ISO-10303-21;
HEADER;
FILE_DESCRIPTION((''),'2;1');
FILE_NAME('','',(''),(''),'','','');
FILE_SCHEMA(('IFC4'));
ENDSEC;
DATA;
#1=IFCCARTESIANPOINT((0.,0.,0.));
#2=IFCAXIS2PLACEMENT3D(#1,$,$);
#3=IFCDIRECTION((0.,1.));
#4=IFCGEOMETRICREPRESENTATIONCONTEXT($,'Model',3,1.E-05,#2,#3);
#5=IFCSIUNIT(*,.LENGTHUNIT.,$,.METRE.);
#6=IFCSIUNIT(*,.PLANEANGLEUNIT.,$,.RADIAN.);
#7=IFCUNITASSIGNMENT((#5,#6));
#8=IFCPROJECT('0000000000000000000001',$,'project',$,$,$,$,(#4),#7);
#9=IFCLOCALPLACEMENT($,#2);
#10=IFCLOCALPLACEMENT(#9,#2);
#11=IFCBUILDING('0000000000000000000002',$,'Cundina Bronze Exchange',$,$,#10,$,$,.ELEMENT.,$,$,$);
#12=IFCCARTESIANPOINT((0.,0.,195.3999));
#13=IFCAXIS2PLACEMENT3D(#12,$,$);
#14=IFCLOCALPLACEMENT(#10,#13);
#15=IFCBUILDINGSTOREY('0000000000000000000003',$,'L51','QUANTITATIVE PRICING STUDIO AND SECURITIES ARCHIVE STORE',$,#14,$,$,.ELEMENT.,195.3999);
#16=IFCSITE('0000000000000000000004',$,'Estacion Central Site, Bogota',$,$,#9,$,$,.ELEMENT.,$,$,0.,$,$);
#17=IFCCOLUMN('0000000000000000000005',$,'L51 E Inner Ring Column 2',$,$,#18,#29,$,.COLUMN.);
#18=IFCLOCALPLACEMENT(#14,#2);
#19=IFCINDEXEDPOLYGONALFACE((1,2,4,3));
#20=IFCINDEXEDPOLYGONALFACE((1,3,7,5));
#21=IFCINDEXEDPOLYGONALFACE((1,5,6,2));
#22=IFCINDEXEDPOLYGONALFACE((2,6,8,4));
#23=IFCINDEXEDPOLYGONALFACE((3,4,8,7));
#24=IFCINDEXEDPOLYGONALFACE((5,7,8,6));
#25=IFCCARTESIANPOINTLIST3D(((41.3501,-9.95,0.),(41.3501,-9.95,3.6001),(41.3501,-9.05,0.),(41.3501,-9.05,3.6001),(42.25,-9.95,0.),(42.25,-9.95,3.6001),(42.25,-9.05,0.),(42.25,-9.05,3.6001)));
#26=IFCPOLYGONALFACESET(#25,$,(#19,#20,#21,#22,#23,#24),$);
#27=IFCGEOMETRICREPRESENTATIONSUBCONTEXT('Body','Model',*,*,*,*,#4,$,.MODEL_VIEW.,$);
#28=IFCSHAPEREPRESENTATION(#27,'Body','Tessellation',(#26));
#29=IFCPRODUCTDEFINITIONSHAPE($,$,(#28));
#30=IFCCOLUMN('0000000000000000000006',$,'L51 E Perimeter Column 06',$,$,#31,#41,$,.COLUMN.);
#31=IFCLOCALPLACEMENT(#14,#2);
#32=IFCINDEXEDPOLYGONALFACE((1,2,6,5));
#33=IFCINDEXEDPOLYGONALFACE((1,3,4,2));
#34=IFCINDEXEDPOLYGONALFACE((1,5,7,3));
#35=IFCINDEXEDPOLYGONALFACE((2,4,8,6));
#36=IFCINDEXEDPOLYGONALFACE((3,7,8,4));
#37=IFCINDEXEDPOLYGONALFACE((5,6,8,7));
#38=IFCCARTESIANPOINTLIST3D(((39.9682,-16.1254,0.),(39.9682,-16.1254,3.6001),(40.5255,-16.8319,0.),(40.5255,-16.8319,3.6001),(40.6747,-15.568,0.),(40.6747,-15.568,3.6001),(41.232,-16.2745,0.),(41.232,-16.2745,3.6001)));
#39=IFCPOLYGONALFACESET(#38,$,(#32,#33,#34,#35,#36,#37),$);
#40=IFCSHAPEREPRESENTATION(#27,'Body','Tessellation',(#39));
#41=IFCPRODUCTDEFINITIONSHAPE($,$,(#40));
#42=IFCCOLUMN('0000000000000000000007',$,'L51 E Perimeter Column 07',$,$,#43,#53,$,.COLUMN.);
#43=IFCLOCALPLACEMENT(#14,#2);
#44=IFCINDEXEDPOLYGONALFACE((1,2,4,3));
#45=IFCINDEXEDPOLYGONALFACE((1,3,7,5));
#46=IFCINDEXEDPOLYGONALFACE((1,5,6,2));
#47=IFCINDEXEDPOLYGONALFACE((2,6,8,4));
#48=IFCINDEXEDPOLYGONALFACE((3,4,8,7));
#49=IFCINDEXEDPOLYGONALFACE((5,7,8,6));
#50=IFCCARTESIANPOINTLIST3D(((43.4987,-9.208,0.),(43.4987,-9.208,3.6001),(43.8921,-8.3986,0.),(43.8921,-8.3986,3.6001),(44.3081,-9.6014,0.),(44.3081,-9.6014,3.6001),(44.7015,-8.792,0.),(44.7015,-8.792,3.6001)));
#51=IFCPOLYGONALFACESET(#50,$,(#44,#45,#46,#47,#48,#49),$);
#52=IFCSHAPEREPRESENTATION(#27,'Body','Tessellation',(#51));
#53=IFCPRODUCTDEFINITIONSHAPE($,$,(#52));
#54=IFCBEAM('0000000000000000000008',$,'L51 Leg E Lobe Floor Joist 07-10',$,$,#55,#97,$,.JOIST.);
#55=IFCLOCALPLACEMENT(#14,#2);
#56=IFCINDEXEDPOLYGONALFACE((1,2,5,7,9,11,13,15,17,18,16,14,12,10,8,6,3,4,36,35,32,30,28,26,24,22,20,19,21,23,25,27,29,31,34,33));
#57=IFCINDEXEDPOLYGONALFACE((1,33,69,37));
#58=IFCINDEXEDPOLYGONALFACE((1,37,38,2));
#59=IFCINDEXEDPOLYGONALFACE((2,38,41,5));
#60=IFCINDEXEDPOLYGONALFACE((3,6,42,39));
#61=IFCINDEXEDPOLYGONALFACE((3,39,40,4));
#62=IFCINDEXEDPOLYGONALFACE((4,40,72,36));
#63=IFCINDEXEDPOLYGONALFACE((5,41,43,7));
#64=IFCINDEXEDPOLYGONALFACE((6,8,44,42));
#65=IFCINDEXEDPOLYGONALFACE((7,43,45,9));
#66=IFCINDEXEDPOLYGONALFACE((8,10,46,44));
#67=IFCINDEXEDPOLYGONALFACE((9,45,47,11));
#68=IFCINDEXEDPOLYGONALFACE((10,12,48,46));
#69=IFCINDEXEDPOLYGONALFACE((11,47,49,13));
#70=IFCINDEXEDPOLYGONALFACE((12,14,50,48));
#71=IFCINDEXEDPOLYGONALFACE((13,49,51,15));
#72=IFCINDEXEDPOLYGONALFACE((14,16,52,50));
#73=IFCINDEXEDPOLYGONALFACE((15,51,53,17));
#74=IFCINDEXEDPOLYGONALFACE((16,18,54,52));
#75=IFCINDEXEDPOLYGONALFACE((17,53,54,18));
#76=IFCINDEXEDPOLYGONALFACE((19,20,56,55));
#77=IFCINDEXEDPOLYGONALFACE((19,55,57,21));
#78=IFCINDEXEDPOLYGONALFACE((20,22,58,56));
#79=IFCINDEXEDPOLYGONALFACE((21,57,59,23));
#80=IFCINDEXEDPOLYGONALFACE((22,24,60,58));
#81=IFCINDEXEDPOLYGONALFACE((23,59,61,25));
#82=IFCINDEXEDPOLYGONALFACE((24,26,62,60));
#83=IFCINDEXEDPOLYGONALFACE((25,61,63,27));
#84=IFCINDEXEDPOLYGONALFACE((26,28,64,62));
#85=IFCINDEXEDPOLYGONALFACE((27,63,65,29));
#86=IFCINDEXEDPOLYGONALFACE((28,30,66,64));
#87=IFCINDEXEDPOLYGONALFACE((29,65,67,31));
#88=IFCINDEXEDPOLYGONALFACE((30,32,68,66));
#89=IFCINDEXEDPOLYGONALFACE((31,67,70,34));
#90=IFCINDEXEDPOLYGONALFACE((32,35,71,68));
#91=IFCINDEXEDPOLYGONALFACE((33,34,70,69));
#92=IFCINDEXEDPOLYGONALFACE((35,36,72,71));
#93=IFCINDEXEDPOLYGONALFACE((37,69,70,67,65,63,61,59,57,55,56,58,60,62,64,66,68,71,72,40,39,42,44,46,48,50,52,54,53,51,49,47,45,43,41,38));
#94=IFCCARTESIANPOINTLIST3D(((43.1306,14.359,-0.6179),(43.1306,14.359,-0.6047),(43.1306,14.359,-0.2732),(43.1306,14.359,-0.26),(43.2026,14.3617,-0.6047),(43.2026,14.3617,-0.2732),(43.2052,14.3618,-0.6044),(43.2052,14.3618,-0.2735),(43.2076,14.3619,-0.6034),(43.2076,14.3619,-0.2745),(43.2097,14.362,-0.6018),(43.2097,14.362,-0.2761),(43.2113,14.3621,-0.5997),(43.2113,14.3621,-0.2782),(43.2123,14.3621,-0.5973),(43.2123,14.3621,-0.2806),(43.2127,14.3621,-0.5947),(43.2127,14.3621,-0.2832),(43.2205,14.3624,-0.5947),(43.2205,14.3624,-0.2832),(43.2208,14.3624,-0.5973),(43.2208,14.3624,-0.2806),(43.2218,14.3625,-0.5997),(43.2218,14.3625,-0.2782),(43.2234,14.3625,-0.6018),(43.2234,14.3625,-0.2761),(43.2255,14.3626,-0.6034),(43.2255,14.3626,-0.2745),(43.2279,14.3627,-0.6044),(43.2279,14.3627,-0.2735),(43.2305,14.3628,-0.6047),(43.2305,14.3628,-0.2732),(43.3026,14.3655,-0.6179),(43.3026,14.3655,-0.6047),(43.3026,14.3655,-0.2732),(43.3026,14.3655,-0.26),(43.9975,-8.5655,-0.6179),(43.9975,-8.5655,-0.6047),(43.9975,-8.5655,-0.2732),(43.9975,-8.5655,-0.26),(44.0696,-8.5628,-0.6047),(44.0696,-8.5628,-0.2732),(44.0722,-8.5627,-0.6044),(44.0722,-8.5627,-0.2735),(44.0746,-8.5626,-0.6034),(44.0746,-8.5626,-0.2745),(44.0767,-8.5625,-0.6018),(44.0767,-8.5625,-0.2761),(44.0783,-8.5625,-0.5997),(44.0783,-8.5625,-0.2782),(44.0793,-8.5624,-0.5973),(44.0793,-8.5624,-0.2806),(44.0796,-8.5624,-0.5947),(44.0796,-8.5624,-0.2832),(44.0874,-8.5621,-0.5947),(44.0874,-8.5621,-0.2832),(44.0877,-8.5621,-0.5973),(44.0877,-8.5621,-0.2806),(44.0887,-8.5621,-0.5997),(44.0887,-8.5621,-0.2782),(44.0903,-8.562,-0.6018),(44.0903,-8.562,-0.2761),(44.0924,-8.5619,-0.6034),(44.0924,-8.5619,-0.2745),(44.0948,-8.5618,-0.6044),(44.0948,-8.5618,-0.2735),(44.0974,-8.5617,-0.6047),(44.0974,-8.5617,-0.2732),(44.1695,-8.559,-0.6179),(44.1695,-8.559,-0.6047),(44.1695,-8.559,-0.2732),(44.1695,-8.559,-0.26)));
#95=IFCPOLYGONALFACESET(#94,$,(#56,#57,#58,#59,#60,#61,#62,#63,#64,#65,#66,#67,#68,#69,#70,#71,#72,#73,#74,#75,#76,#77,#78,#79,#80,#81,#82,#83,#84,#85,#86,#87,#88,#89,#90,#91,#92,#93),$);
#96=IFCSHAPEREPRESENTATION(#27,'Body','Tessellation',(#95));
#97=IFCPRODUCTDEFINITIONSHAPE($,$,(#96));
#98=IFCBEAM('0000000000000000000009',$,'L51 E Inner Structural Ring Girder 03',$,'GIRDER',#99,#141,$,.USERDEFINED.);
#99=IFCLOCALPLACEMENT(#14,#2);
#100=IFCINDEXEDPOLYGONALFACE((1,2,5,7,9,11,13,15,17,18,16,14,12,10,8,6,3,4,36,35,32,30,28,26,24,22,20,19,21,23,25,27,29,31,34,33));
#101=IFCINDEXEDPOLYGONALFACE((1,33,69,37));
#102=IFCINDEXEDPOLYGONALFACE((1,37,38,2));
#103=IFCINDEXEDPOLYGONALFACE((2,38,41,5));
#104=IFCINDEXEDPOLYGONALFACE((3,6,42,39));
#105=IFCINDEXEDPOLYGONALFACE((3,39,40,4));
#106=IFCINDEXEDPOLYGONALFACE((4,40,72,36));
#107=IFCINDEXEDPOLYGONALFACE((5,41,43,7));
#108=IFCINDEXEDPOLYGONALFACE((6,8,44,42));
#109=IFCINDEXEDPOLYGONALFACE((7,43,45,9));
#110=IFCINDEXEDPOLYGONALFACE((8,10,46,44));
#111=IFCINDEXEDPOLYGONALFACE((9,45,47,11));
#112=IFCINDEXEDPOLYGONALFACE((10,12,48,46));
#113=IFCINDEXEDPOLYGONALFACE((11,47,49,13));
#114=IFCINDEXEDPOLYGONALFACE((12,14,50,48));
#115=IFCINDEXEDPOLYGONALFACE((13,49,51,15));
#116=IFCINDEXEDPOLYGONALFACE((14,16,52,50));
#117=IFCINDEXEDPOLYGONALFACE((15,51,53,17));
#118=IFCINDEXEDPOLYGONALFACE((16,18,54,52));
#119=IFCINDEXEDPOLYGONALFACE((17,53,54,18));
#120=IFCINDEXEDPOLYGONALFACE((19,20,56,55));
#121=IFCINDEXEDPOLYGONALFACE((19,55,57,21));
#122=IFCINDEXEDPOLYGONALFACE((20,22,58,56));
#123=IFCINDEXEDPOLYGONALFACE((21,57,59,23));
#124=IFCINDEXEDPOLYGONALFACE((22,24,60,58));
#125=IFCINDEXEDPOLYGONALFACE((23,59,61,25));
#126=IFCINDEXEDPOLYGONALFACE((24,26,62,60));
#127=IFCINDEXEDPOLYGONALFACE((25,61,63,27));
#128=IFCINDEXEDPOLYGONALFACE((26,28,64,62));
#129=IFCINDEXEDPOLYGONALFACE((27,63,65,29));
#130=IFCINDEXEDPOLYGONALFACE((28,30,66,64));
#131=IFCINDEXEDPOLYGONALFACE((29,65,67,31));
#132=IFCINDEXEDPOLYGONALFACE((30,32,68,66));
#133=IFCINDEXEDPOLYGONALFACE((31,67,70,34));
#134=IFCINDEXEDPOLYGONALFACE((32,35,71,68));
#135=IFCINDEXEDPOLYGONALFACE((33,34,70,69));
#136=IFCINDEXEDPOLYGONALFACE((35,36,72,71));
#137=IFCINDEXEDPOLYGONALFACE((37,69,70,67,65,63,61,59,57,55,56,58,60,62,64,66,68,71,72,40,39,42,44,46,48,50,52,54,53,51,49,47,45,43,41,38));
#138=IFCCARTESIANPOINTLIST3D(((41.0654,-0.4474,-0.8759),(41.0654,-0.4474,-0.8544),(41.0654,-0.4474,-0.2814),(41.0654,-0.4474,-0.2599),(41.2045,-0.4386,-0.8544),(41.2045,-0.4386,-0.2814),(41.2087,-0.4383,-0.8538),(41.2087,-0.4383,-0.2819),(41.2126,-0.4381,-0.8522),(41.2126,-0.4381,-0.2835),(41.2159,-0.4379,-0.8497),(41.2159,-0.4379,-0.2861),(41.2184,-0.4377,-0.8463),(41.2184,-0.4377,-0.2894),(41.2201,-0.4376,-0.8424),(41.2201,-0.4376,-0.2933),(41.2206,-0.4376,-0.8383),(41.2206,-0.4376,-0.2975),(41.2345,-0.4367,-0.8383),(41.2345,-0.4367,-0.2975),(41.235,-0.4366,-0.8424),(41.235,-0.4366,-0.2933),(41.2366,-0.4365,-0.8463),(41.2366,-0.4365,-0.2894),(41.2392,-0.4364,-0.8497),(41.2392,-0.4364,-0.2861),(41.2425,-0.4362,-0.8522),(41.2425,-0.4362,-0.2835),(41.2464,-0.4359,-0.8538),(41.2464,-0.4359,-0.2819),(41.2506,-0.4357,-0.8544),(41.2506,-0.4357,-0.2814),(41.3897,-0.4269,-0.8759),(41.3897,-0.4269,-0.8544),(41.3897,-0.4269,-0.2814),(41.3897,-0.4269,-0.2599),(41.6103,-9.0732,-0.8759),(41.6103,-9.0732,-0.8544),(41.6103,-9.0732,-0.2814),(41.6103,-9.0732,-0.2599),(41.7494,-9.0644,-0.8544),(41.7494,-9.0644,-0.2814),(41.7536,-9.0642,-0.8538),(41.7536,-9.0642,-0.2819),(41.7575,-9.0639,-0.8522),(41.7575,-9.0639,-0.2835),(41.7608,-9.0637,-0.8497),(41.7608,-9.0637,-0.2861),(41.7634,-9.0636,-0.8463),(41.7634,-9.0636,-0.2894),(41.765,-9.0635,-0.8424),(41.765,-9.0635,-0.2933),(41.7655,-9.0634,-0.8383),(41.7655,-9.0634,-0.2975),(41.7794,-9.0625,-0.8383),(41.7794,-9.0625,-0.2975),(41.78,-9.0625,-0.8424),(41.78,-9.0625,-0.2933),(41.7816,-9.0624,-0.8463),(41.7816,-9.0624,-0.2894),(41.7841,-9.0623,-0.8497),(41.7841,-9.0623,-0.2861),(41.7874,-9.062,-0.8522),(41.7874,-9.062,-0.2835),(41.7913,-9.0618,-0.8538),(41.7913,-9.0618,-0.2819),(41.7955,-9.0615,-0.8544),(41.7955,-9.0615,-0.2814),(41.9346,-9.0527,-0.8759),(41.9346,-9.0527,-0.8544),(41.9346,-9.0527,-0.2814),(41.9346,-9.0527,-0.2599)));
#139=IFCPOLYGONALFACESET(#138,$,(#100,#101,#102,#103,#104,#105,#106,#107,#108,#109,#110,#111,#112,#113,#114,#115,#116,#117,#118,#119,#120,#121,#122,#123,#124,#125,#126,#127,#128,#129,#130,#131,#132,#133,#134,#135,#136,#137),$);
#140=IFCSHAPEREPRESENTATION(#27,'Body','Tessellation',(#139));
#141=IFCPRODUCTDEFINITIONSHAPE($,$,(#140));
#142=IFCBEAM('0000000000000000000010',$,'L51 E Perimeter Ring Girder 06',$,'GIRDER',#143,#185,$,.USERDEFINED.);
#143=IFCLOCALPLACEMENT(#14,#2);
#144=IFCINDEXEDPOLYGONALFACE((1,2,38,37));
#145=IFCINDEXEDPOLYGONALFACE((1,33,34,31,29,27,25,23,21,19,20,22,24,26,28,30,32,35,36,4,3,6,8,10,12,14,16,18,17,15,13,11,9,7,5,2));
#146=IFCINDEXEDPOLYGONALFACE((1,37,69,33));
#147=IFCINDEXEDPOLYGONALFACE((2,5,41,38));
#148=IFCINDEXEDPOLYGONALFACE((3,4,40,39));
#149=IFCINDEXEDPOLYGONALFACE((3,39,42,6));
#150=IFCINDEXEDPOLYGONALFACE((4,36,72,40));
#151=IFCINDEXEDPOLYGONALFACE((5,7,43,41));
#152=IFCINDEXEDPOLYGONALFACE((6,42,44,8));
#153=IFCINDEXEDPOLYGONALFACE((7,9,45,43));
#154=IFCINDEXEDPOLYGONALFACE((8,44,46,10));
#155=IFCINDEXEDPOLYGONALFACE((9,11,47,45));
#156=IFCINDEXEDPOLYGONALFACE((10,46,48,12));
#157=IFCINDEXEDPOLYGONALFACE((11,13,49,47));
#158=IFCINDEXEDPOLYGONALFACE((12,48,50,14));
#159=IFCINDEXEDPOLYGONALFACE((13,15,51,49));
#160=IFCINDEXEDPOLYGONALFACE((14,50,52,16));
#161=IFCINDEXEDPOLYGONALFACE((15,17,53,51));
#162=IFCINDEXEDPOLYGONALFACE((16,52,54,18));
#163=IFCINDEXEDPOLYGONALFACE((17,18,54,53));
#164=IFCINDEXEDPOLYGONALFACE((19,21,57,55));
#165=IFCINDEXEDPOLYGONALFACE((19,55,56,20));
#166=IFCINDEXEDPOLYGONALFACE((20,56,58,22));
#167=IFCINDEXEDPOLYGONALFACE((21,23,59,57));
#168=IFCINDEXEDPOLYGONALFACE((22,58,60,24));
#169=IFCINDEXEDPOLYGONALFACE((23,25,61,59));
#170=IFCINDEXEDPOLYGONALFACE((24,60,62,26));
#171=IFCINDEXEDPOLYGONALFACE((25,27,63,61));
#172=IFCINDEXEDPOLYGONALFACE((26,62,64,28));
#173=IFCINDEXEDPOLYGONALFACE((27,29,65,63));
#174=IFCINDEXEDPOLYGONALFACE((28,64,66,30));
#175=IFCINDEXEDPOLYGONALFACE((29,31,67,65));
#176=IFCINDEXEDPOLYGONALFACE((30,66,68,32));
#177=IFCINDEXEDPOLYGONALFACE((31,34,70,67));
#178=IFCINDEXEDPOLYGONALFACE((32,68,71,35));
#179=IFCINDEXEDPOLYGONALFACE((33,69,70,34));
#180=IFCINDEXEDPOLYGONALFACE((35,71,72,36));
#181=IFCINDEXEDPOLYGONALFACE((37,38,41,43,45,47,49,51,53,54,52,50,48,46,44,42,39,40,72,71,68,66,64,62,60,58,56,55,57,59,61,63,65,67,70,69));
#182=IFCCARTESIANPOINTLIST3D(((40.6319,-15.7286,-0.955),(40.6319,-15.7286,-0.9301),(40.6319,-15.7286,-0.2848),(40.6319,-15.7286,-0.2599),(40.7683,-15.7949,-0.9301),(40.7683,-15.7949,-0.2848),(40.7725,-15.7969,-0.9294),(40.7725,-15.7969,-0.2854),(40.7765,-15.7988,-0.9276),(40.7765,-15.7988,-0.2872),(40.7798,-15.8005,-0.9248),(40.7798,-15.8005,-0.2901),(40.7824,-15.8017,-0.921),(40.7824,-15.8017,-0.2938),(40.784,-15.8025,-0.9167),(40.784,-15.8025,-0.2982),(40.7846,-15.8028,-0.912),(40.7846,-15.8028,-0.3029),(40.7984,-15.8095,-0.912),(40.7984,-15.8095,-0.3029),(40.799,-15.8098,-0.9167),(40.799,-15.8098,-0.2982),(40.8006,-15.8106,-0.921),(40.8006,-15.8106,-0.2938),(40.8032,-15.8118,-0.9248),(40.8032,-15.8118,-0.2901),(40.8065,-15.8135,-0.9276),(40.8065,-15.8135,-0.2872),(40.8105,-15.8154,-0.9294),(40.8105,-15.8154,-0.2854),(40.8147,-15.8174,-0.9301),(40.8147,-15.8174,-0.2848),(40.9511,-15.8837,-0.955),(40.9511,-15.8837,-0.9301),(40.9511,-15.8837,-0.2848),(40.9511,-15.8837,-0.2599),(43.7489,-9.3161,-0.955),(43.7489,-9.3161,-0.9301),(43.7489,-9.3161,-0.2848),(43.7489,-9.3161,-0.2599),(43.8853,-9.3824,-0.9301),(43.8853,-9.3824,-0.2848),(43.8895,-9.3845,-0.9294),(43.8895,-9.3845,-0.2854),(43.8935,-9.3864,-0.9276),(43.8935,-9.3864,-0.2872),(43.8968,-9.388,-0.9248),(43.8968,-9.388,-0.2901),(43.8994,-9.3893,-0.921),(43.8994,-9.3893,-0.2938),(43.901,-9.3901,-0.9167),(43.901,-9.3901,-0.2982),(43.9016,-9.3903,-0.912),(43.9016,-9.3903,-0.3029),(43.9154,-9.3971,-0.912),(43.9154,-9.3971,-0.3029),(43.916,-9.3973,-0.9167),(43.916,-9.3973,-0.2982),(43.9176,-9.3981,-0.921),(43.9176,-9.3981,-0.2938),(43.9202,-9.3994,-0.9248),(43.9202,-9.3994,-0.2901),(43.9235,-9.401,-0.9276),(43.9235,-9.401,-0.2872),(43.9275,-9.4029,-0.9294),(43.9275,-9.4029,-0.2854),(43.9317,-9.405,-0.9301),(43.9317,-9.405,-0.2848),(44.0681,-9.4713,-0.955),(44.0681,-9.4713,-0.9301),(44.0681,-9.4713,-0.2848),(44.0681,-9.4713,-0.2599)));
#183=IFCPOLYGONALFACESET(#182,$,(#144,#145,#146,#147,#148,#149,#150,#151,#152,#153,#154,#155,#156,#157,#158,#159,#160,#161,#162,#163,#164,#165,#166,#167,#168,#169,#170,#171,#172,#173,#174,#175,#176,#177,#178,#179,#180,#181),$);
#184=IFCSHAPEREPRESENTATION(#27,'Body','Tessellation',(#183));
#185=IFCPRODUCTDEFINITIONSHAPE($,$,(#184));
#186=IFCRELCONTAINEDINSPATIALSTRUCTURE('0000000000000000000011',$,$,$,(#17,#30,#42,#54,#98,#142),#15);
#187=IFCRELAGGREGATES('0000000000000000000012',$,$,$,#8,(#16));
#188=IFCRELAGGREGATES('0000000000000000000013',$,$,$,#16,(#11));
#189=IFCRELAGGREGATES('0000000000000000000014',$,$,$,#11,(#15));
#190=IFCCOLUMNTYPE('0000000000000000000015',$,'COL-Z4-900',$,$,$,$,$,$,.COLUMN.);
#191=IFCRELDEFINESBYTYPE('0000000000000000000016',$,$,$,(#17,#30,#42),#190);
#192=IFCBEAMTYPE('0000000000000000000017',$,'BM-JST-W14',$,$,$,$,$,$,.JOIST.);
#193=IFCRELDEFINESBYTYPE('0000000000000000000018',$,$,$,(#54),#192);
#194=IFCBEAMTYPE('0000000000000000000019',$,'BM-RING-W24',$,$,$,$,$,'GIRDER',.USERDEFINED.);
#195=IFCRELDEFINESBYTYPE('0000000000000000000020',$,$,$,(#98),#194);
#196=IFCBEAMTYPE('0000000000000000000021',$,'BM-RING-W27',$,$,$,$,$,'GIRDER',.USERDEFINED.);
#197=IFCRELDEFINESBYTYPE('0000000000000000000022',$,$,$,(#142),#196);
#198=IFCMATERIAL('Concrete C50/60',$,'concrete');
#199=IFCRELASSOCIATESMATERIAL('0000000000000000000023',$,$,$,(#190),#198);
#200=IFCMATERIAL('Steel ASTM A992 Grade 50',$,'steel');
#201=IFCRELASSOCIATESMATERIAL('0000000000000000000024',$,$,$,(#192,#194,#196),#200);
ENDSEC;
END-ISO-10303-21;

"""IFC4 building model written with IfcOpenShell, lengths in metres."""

from ifc_helpers import new_model, si_unit, direction, frame, origin, origin_2d, place, context, subcontext, project, spatial, rectangle, i_section, extrude, material, material_profile, profile_set, type_object, element, save


model = new_model("IFC4")

# Units and contexts
model_context = context("Model", 3, precision=1e-05, world=origin(), true_north=direction((0.0, 1.0)))
body_context = subcontext(model_context, "Body", "Model", "MODEL_VIEW")
ifc_project = project(units=[si_unit("LENGTHUNIT", "METRE"), si_unit("PLANEANGLEUNIT", "RADIAN")], contexts=[model_context])

# Site, building, storey
site_placement = place(None, origin())
site = spatial("IfcSite", under=ifc_project, at=site_placement, Name="Estacion Central Site, Bogota", CompositionType="ELEMENT", RefElevation=0.0)
building_placement = place(site_placement, origin())
building = spatial("IfcBuilding", under=site, at=building_placement, Name="Cundina Bronze Exchange", CompositionType="ELEMENT")
storey_placement = place(building_placement, frame((0.0, 0.0, 195.3999)))
storey = spatial("IfcBuildingStorey", under=building, at=storey_placement, Name="L51", Description="QUANTITATIVE PRICING STUDIO AND SECURITIES ARCHIVE STORE", CompositionType="ELEMENT", Elevation=195.3999)

# Columns
ifc_material_1 = material(Name="Concrete C50/60", Category="concrete")
ifc_material_profile_1 = material_profile(ifc_material_1, rectangle(XDim=0.8999, YDim=0.8999, at=origin_2d()), Name="RC900X900", Category="concrete")
ifc_profile_set_1 = profile_set([ifc_material_profile_1], Name="Concrete C50/60")
column_type = type_object("IfcColumnType", Name="COL-Z4-900", PredefinedType="COLUMN", material=ifc_profile_set_1)
for number, where, z_axis, x_axis, name in (
    (1, (41.8, -9.5, 0.0), (0.0, 0.0, 1.0), (1.0, 0.0, 0.0), "L51 E Inner Ring Column 2"),
    (2, (40.6001, -16.2, 0.0), (0.0, 0.0, 1.0), (0.785101, 0.619368, 0.0), "L51 E Perimeter Column 06"),
    (3, (44.1001, -9.0, 0.0), (0.0, 0.0, 1.0), (0.437116, 0.899405, 0.0), "L51 E Perimeter Column 07"),
):
    element("IfcColumn", number, at=place(storey_placement, frame(where, z_axis=z_axis, x_axis=x_axis)), inside=storey, type_object=column_type, Name=name, PredefinedType="COLUMN", context=body_context, shape_type="SweptSolid", body=[
        extrude(rectangle(XDim=0.8999, YDim=0.8999, at=origin_2d()), origin(), (0.0, 0.0, 1.0), 3.6001),
    ])

# Beams
ifc_material_2 = material(Name="Steel ASTM A992 Grade 50", Category="steel")
ifc_material_profile_2 = material_profile(ifc_material_2, i_section(OverallWidth=0.1721, OverallDepth=0.3579, WebThickness=0.0078, FlangeThickness=0.0132, FilletRadius=0.01, at=origin_2d()), Name="W14X38", Category="steel")
ifc_profile_set_2 = profile_set([ifc_material_profile_2], Name="Steel ASTM A992 Grade 50")
beam_type_1 = type_object("IfcBeamType", Name="BM-JST-W14", PredefinedType="JOIST", material=ifc_profile_set_2)
beam_1_placement = place(storey_placement, frame((44.0835, -8.5623, -0.439), z_axis=(-0.03779, 0.999286, 0.0), x_axis=(-0.999286, -0.03779, 0.0)))
element("IfcBeam", 4, at=beam_1_placement, inside=storey, type_object=beam_type_1, Name="L51 Leg E Lobe Floor Joist 07-10", PredefinedType="JOIST", context=body_context, shape_type="SweptSolid", body=[
    extrude(i_section(OverallWidth=0.1721, OverallDepth=0.3579, WebThickness=0.0078, FlangeThickness=0.0132, FilletRadius=0.01, at=origin_2d()), origin(), (0.0, 0.0, 1.0), 22.9409),
])
ifc_material_profile_3 = material_profile(ifc_material_2, i_section(OverallWidth=0.325, OverallDepth=0.616, WebThickness=0.0139, FlangeThickness=0.0215, FilletRadius=0.0161, at=origin_2d()), Name="W24X117", Category="steel")
ifc_profile_set_3 = profile_set([ifc_material_profile_3], Name="Steel ASTM A992 Grade 50")
beam_type_2 = type_object("IfcBeamType", Name="BM-RING-W24", ElementType="GIRDER", PredefinedType="USERDEFINED", material=ifc_profile_set_3)
beam_2_placement = place(storey_placement, frame((41.7725, -9.063, -0.5679), z_axis=(-0.063047, 0.998011, 0.0), x_axis=(-0.998011, -0.063047, 0.0)))
element("IfcBeam", 5, at=beam_2_placement, inside=storey, type_object=beam_type_2, Name="L51 E Inner Structural Ring Girder 03", ObjectType="GIRDER", PredefinedType="USERDEFINED", context=body_context, shape_type="SweptSolid", body=[
    extrude(i_section(OverallWidth=0.325, OverallDepth=0.616, WebThickness=0.0139, FlangeThickness=0.0215, FilletRadius=0.0161, at=origin_2d()), origin(), (0.0, 0.0, 1.0), 8.6431),
])
ifc_material_profile_4 = material_profile(ifc_material_2, i_section(OverallWidth=0.355, OverallDepth=0.6951, WebThickness=0.0154, FlangeThickness=0.0249, FilletRadius=0.0181, at=origin_2d()), Name="W27X146", Category="steel")
ifc_profile_set_4 = profile_set([ifc_material_profile_4], Name="Steel ASTM A992 Grade 50")
beam_type_3 = type_object("IfcBeamType", Name="BM-RING-W27", ElementType="GIRDER", PredefinedType="USERDEFINED", material=ifc_profile_set_4)
for number, where, z_axis, x_axis, name in (
    (6, (40.7915, -15.8062, -0.6074), (0.437173, 0.899377, 0.0), (-0.899377, 0.437173, 0.0), "L51 E Perimeter Ring Girder 06"),
):
    element("IfcBeam", number, at=place(storey_placement, frame(where, z_axis=z_axis, x_axis=x_axis)), inside=storey, type_object=beam_type_3, Name=name, ObjectType="GIRDER", PredefinedType="USERDEFINED", context=body_context, shape_type="SweptSolid", body=[
        extrude(i_section(OverallWidth=0.355, OverallDepth=0.6951, WebThickness=0.0154, FlangeThickness=0.0249, FilletRadius=0.0181, at=origin_2d()), origin(), (0.0, 0.0, 1.0), 7.1299),
    ])

save(model, "model.ifc")
